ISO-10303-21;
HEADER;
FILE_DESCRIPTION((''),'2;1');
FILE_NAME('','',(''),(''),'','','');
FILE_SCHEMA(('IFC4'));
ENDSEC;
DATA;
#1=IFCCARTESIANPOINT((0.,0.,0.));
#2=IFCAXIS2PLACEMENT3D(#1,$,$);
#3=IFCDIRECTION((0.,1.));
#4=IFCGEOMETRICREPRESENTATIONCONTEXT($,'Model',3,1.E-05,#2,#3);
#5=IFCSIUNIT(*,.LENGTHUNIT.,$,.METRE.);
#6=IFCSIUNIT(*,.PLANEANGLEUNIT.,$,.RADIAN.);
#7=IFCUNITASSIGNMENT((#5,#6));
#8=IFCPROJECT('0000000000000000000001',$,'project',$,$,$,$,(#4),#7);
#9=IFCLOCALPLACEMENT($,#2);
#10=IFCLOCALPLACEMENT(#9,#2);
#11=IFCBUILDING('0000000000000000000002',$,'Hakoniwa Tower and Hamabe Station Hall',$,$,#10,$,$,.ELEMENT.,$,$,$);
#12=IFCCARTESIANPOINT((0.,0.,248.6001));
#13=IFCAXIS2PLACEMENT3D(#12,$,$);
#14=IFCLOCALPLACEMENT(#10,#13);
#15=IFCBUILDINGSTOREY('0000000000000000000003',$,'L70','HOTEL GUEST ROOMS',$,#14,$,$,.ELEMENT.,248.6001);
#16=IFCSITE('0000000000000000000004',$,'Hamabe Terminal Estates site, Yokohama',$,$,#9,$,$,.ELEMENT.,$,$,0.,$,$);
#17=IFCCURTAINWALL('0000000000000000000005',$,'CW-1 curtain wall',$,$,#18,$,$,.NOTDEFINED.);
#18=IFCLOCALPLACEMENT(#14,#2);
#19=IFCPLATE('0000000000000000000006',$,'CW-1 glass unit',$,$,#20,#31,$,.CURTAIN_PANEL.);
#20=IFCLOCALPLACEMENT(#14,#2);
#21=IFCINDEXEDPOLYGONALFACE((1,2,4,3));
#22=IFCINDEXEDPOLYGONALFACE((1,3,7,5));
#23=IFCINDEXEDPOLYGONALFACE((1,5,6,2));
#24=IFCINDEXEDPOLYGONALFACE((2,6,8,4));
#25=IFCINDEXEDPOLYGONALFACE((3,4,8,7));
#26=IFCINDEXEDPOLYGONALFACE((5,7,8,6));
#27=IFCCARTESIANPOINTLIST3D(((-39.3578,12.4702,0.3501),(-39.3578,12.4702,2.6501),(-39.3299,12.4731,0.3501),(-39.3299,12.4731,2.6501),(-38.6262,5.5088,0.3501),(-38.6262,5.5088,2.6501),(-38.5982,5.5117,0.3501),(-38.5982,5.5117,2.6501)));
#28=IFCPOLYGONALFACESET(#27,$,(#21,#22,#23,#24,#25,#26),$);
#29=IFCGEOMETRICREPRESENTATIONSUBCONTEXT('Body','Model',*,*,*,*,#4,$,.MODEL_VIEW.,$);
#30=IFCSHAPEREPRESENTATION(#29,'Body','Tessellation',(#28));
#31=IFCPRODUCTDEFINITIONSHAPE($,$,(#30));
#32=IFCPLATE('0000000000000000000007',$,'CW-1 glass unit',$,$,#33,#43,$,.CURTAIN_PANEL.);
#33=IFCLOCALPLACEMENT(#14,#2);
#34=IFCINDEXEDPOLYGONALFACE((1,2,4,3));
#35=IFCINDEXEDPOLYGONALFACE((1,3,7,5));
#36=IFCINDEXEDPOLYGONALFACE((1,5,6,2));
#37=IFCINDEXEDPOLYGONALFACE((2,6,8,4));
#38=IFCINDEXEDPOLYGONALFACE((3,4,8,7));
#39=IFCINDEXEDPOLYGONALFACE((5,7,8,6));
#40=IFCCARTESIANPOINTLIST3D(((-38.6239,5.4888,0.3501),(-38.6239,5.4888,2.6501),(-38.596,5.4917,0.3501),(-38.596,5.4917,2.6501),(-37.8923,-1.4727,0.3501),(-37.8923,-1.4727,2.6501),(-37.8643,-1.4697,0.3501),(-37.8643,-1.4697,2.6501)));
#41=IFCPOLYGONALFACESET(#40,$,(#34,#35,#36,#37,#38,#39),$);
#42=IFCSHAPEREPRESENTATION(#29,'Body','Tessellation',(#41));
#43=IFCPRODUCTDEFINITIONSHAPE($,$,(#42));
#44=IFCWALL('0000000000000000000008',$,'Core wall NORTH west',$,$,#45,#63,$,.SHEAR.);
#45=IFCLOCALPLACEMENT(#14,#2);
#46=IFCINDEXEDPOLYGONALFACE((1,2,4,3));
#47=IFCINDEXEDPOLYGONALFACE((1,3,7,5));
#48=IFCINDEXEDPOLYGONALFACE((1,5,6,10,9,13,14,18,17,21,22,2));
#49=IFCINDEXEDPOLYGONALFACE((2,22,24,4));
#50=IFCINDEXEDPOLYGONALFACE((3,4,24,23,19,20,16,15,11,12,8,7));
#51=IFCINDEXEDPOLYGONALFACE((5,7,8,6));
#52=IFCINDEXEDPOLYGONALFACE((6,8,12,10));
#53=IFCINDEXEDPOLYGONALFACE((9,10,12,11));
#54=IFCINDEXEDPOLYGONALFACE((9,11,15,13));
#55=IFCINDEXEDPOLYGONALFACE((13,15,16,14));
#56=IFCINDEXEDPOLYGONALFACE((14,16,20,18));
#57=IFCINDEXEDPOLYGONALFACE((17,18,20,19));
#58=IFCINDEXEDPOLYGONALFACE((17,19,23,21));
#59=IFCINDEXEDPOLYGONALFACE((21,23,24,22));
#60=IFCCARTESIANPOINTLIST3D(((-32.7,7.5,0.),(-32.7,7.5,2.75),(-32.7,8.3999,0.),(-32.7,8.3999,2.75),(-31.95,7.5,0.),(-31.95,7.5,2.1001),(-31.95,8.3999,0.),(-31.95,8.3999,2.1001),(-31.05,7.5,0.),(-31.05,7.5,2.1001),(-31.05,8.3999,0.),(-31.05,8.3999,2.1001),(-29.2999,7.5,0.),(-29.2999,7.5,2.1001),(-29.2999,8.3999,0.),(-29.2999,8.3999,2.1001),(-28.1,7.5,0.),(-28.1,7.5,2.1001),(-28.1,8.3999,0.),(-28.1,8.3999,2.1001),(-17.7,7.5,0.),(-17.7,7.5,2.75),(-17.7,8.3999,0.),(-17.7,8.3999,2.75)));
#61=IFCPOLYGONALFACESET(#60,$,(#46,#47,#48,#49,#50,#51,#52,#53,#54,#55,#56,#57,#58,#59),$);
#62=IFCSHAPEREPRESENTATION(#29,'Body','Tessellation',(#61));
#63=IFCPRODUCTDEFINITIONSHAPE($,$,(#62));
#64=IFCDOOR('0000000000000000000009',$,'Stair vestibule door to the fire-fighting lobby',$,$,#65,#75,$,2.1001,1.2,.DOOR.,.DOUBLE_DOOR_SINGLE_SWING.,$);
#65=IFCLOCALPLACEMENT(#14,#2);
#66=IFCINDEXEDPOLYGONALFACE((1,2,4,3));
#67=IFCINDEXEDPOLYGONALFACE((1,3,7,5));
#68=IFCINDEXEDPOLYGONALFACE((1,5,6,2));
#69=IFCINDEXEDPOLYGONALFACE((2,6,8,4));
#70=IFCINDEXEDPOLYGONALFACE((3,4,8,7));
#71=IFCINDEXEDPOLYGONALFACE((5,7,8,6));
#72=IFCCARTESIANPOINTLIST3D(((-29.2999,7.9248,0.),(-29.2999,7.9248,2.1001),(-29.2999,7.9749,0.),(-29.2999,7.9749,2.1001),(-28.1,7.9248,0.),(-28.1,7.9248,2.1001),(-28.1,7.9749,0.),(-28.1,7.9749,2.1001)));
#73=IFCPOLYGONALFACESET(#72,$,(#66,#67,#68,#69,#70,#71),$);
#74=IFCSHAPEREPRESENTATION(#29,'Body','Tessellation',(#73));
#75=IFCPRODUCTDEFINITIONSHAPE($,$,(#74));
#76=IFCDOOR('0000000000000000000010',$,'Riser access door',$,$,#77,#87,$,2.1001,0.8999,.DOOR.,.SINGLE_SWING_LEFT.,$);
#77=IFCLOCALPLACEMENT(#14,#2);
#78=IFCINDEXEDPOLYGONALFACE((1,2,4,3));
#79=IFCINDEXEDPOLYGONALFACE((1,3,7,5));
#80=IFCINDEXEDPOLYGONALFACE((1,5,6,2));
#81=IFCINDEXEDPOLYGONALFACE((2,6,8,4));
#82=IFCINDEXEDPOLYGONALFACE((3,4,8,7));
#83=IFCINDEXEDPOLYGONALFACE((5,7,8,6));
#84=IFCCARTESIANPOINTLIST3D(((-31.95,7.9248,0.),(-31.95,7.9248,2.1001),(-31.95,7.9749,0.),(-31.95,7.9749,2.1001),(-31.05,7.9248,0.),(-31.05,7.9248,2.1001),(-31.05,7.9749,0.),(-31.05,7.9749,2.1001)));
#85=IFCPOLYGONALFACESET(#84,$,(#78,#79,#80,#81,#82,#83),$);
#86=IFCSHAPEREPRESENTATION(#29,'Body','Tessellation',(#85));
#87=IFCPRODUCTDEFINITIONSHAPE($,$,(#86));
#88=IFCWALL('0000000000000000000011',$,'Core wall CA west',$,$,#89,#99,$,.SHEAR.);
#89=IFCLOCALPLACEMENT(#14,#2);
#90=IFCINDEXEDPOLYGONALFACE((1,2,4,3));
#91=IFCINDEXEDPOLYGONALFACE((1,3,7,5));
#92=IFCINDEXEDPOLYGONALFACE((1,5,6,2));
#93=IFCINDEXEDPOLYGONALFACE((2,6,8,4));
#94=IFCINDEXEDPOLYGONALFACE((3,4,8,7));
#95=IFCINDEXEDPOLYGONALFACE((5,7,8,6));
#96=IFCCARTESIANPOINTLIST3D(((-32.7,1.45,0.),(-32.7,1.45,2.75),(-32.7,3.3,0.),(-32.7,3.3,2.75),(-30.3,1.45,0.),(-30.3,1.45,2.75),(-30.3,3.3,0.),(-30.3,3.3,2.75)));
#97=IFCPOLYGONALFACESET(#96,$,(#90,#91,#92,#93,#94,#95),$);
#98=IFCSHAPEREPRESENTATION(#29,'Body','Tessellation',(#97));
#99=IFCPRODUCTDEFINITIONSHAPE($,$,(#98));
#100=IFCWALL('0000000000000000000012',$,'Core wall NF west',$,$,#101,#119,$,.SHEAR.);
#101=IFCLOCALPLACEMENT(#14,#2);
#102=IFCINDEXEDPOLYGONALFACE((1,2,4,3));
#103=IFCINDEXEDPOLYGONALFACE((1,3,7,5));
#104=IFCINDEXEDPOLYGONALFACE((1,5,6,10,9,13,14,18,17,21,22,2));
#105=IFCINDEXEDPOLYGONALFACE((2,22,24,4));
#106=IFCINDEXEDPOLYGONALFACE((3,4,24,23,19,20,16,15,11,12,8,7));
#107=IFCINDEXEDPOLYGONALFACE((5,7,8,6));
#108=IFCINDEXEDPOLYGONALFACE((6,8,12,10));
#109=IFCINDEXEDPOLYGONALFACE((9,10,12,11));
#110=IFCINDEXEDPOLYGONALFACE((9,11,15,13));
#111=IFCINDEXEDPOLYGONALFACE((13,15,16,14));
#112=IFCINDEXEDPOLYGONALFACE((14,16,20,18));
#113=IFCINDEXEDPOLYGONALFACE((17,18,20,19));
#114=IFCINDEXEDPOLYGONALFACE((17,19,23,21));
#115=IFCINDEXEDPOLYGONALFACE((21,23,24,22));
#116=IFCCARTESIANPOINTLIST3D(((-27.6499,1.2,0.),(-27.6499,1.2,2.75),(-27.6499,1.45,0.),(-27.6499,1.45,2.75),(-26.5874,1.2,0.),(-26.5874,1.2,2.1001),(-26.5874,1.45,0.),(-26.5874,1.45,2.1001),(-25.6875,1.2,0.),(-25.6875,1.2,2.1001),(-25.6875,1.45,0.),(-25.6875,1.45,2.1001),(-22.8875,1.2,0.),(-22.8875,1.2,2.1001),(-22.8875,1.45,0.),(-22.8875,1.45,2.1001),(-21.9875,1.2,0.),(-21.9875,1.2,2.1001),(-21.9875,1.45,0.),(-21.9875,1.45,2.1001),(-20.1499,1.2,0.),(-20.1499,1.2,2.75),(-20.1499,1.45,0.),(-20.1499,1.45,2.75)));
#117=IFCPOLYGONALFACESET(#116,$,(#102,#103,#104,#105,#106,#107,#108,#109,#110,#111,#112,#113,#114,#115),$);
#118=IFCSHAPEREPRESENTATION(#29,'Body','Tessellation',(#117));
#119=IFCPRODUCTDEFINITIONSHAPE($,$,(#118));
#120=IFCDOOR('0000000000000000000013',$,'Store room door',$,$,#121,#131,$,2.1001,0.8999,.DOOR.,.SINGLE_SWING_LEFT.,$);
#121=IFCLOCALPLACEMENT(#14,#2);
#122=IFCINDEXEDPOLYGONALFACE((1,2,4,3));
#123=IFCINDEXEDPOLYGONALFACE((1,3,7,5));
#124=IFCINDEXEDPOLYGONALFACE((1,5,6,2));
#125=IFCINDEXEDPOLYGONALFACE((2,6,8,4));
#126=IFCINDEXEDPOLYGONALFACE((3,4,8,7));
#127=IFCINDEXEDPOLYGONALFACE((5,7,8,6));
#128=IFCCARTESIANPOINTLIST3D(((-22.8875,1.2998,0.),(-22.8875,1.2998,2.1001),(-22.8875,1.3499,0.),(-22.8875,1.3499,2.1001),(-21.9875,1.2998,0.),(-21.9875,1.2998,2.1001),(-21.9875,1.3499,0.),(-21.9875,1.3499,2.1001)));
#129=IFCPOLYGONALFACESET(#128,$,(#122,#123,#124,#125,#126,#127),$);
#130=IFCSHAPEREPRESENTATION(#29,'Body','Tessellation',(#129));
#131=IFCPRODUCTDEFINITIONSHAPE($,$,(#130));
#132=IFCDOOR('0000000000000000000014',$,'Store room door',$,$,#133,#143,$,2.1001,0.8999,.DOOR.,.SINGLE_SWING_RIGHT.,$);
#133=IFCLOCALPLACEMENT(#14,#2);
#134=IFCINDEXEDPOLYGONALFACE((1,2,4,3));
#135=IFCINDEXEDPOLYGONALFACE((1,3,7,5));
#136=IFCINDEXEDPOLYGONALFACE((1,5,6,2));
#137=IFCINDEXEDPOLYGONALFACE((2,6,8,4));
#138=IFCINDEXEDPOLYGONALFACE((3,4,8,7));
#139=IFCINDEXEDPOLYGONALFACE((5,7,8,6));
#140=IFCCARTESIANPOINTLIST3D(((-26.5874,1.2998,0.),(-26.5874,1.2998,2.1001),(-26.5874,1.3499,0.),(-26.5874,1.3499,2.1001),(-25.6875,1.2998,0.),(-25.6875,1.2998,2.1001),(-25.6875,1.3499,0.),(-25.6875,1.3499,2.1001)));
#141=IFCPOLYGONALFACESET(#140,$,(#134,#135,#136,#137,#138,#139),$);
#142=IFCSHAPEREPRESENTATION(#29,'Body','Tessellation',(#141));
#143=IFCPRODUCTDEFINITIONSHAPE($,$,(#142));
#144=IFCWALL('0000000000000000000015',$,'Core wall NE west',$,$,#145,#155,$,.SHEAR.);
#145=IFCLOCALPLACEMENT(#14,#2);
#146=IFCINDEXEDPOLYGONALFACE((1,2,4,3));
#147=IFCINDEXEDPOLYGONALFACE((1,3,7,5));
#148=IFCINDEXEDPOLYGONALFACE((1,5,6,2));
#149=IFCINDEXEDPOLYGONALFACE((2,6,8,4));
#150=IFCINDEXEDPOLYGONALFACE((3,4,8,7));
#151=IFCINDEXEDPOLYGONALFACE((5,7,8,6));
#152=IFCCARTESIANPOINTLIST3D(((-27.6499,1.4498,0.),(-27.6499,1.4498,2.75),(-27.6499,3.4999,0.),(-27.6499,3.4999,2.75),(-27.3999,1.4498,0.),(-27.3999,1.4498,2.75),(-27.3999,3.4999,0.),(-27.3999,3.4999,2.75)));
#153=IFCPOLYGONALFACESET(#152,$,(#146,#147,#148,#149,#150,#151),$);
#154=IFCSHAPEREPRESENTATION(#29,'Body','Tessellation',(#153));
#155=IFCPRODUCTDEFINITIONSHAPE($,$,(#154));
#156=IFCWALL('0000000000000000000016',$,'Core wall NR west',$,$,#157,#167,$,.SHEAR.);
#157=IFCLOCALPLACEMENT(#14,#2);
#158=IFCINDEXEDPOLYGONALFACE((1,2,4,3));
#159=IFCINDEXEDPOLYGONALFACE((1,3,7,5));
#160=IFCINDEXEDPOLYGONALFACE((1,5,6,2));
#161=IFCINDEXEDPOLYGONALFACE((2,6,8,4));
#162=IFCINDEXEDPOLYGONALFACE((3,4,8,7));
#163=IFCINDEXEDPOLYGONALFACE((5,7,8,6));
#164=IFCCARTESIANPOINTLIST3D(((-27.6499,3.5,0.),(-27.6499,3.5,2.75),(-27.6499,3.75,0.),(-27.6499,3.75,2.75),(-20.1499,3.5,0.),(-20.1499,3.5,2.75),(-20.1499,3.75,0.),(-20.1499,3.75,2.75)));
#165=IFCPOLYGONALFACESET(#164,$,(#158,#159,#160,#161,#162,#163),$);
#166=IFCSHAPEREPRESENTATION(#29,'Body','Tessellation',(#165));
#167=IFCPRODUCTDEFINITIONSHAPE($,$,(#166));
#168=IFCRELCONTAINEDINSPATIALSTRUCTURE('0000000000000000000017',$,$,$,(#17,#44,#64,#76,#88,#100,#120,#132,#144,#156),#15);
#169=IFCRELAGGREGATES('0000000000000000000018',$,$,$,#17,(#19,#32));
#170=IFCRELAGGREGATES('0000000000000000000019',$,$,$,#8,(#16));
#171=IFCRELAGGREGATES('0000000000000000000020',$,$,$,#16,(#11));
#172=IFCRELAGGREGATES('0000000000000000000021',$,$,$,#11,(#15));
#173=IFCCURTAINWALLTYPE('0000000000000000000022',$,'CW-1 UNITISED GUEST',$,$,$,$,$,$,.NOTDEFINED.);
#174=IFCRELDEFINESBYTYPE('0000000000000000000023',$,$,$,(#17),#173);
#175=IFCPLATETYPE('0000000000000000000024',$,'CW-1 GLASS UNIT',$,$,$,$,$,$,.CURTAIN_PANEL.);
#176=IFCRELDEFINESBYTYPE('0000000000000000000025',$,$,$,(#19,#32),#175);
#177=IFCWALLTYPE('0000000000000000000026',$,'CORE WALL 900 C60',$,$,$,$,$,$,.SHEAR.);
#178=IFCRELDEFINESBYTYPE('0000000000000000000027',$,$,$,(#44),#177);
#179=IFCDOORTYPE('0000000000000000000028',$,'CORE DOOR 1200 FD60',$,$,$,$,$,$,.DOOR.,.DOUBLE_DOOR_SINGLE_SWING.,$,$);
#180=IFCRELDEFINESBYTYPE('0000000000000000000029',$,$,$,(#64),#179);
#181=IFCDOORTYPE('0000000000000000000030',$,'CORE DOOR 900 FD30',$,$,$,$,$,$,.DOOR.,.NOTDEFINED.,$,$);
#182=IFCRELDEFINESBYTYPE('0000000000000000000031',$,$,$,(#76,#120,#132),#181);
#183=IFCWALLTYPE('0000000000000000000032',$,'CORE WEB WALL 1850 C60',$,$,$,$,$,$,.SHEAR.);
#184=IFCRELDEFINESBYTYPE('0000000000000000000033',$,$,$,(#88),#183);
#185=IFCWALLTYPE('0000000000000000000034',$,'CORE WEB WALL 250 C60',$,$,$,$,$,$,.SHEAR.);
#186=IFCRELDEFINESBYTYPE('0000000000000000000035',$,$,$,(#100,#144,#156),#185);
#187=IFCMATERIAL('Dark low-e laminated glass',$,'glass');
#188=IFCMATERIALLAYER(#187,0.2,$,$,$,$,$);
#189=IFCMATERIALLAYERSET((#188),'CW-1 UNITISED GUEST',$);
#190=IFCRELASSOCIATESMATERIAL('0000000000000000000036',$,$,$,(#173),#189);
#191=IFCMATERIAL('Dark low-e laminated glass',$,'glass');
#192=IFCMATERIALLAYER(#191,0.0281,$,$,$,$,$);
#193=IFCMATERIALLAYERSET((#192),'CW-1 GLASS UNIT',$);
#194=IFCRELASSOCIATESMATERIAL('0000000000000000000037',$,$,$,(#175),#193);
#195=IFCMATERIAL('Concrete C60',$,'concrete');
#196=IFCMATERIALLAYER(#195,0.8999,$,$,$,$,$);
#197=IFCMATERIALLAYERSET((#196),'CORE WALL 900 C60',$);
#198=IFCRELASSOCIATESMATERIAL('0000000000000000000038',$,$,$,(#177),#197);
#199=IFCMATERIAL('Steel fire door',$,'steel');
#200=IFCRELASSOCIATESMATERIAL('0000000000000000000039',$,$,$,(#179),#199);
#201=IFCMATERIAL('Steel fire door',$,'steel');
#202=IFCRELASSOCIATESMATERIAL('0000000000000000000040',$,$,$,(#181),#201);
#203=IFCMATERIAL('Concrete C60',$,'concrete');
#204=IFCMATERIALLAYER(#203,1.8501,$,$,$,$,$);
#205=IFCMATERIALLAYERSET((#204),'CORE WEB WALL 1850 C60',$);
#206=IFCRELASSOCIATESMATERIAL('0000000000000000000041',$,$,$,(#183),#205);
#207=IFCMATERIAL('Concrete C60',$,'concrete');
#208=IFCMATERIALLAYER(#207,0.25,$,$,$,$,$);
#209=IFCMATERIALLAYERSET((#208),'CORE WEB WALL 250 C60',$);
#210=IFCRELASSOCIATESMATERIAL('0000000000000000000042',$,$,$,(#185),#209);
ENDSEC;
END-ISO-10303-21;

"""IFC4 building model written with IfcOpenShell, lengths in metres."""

from ifc_helpers import new_model, si_unit, direction, frame, frame_2d, origin, origin_2d, place, context, subcontext, project, spatial, rectangle, extrude, material, layer, layer_set, type_object, element, fill, aggregate, save


model = new_model("IFC4")

# Units and contexts
model_context = context("Model", 3, precision=1e-05, world=origin(), true_north=direction((0.0, 1.0)))
body_context = subcontext(model_context, "Body", "Model", "MODEL_VIEW")
ifc_project = project(units=[si_unit("LENGTHUNIT", "METRE"), si_unit("PLANEANGLEUNIT", "RADIAN")], contexts=[model_context])

# Site, building, storey
site_placement = place(None, origin())
site = spatial("IfcSite", under=ifc_project, at=site_placement, Name="Hamabe Terminal Estates site, Yokohama", CompositionType="ELEMENT", RefElevation=0.0)
building_placement = place(site_placement, origin())
building = spatial("IfcBuilding", under=site, at=building_placement, Name="Hakoniwa Tower and Hamabe Station Hall", CompositionType="ELEMENT")
storey_placement = place(building_placement, frame((0.0, 0.0, 248.6001)))
storey = spatial("IfcBuildingStorey", under=building, at=storey_placement, Name="L70", Description="HOTEL GUEST ROOMS", CompositionType="ELEMENT", Elevation=248.6001)

# Curtain wall, plates
ifc_material_1 = material(Name="Dark low-e laminated glass", Category="glass")
ifc_layer_1 = layer(ifc_material_1, 0.2)
ifc_layer_set_1 = layer_set([ifc_layer_1], Name="CW-1 UNITISED GUEST")
curtain_wall_type = type_object("IfcCurtainWallType", Name="CW-1 UNITISED GUEST", PredefinedType="NOTDEFINED", material=ifc_layer_set_1)
curtain_wall_placement = place(storey_placement, origin())
curtain_wall = element("IfcCurtainWall", 1, at=curtain_wall_placement, inside=storey, type_object=curtain_wall_type, Name="CW-1 curtain wall", PredefinedType="NOTDEFINED")
ifc_material_2 = material(Name="Dark low-e laminated glass", Category="glass")
ifc_layer_2 = layer(ifc_material_2, 0.0281)
ifc_layer_set_2 = layer_set([ifc_layer_2], Name="CW-1 GLASS UNIT")
plate_type = type_object("IfcPlateType", Name="CW-1 GLASS UNIT", PredefinedType="CURTAIN_PANEL", material=ifc_layer_set_2)
plate_1_placement = place(storey_placement, frame((-38.978, 8.991, 0.3501), z_axis=(0.0, 0.0, 1.0), x_axis=(0.104528, -0.994522, 0.0)))
plate_1 = element("IfcPlate", 2, at=plate_1_placement, type_object=plate_type, Name="CW-1 glass unit", PredefinedType="CURTAIN_PANEL", context=body_context, shape_type="SweptSolid", body=[
    extrude(rectangle(XDim=6.9998, YDim=0.0281, at=origin_2d()), origin(), (0.0, 0.0, 1.0), 2.3),
])
plate_2_placement = place(storey_placement, frame((-38.2441, 2.0095, 0.3501), z_axis=(0.0, 0.0, 1.0), x_axis=(0.104528, -0.994522, 0.0)))
plate_2 = element("IfcPlate", 3, at=plate_2_placement, type_object=plate_type, Name="CW-1 glass unit", PredefinedType="CURTAIN_PANEL", context=body_context, shape_type="SweptSolid", body=[
    extrude(rectangle(XDim=6.9998, YDim=0.0281, at=origin_2d()), origin(), (0.0, 0.0, 1.0), 2.3),
])
aggregate(curtain_wall, [plate_1, plate_2])

# Wall, openings, doors
ifc_material_3 = material(Name="Concrete C60", Category="concrete")
ifc_layer_3 = layer(ifc_material_3, 0.8999)
ifc_layer_set_3 = layer_set([ifc_layer_3], Name="CORE WALL 900 C60")
wall_type_1 = type_object("IfcWallType", Name="CORE WALL 900 C60", PredefinedType="SHEAR", material=ifc_layer_set_3)
wall_1_placement = place(storey_placement, frame((-32.7, 7.95, 0.0), z_axis=(0.0, 0.0, 1.0), x_axis=(1.0, 0.0, 0.0)))
wall_1 = element("IfcWall", 4, at=wall_1_placement, inside=storey, type_object=wall_type_1, Name="Core wall NORTH west", PredefinedType="SHEAR", context=body_context, shape_type="SweptSolid", body=[
    extrude(rectangle(XDim=15.0, YDim=0.8999, at=frame_2d((7.5, 0.0))), origin(), (0.0, 0.0, 1.0), 2.75),
])
opening_1_placement = place(wall_1_placement, frame((3.3999, 0.0, 0.0)))
opening_1 = element("IfcOpeningElement", 5, at=opening_1_placement, cuts=wall_1, PredefinedType="OPENING", context=body_context, shape_type="SweptSolid", body=[
    extrude(rectangle(XDim=1.2, YDim=2.1001, at=frame_2d((0.6001, 1.05))), frame((0.0, 0.46, 0.0), z_axis=(0.0, -1.0, 0.0), x_axis=(1.0, 0.0, 0.0)), (0.0, 0.0, 1.0), 0.9199),
])
opening_2_placement = place(wall_1_placement, frame((0.75, 0.0, 0.0)))
opening_2 = element("IfcOpeningElement", 6, at=opening_2_placement, cuts=wall_1, PredefinedType="OPENING", context=body_context, shape_type="SweptSolid", body=[
    extrude(rectangle(XDim=0.8999, YDim=2.1001, at=frame_2d((0.45, 1.05))), frame((0.0, 0.46, 0.0), z_axis=(0.0, -1.0, 0.0), x_axis=(1.0, 0.0, 0.0)), (0.0, 0.0, 1.0), 0.9199),
])
ifc_material_4 = material(Name="Steel fire door", Category="steel")
door_type_1 = type_object("IfcDoorType", Name="CORE DOOR 1200 FD60", OperationType="DOUBLE_DOOR_SINGLE_SWING", PredefinedType="DOOR", material=ifc_material_4)
door_1_placement = place(opening_1_placement, origin())
door_1 = element("IfcDoor", 7, at=door_1_placement, inside=storey, type_object=door_type_1, Name="Stair vestibule door to the fire-fighting lobby", OperationType="DOUBLE_DOOR_SINGLE_SWING", OverallHeight=2.1001, OverallWidth=1.2, PredefinedType="DOOR", context=body_context, shape_type="SweptSolid", body=[
    extrude(rectangle(XDim=1.2, YDim=2.1001, at=frame_2d((0.6001, 1.05))), frame((0.0, 0.0249, 0.0), z_axis=(0.0, -1.0, 0.0), x_axis=(1.0, 0.0, 0.0)), (0.0, 0.0, 1.0), 0.05),
])
fill(opening_1, door_1)
ifc_material_5 = material(Name="Steel fire door", Category="steel")
door_type_2 = type_object("IfcDoorType", Name="CORE DOOR 900 FD30", OperationType="NOTDEFINED", PredefinedType="DOOR", material=ifc_material_5)
door_2_placement = place(opening_2_placement, origin())
door_2 = element("IfcDoor", 8, at=door_2_placement, inside=storey, type_object=door_type_2, Name="Riser access door", OperationType="SINGLE_SWING_LEFT", OverallHeight=2.1001, OverallWidth=0.8999, PredefinedType="DOOR", context=body_context, shape_type="SweptSolid", body=[
    extrude(rectangle(XDim=0.8999, YDim=2.1001, at=frame_2d((0.45, 1.05))), frame((0.0, 0.0249, 0.0), z_axis=(0.0, -1.0, 0.0), x_axis=(1.0, 0.0, 0.0)), (0.0, 0.0, 1.0), 0.05),
])
fill(opening_2, door_2)

# Wall
ifc_material_6 = material(Name="Concrete C60", Category="concrete")
ifc_layer_4 = layer(ifc_material_6, 1.8501)
ifc_layer_set_4 = layer_set([ifc_layer_4], Name="CORE WEB WALL 1850 C60")
wall_type_2 = type_object("IfcWallType", Name="CORE WEB WALL 1850 C60", PredefinedType="SHEAR", material=ifc_layer_set_4)
wall_2_placement = place(storey_placement, frame((-32.7, 2.375, 0.0), z_axis=(0.0, 0.0, 1.0), x_axis=(1.0, 0.0, 0.0)))
element("IfcWall", 9, at=wall_2_placement, inside=storey, type_object=wall_type_2, Name="Core wall CA west", PredefinedType="SHEAR", context=body_context, shape_type="SweptSolid", body=[
    extrude(rectangle(XDim=2.3999, YDim=1.8501, at=frame_2d((1.2, 0.0))), origin(), (0.0, 0.0, 1.0), 2.75),
])

# Wall, openings, doors
ifc_material_7 = material(Name="Concrete C60", Category="concrete")
ifc_layer_5 = layer(ifc_material_7, 0.25)
ifc_layer_set_5 = layer_set([ifc_layer_5], Name="CORE WEB WALL 250 C60")
wall_type_3 = type_object("IfcWallType", Name="CORE WEB WALL 250 C60", PredefinedType="SHEAR", material=ifc_layer_set_5)
wall_3_placement = place(storey_placement, frame((-27.6499, 1.325, 0.0), z_axis=(0.0, 0.0, 1.0), x_axis=(1.0, 0.0, 0.0)))
wall_3 = element("IfcWall", 10, at=wall_3_placement, inside=storey, type_object=wall_type_3, Name="Core wall NF west", PredefinedType="SHEAR", context=body_context, shape_type="SweptSolid", body=[
    extrude(rectangle(XDim=7.5, YDim=0.25, at=frame_2d((3.75, 0.0))), origin(), (0.0, 0.0, 1.0), 2.75),
])
opening_3_placement = place(wall_3_placement, frame((4.7625, 0.0, 0.0)))
opening_3 = element("IfcOpeningElement", 11, at=opening_3_placement, cuts=wall_3, PredefinedType="OPENING", context=body_context, shape_type="SweptSolid", body=[
    extrude(rectangle(XDim=0.8999, YDim=2.1001, at=frame_2d((0.45, 1.05))), frame((0.0, 0.135, 0.0), z_axis=(0.0, -1.0, 0.0), x_axis=(1.0, 0.0, 0.0)), (0.0, 0.0, 1.0), 0.27),
])
opening_4_placement = place(wall_3_placement, frame((1.0625, 0.0, 0.0)))
opening_4 = element("IfcOpeningElement", 12, at=opening_4_placement, cuts=wall_3, PredefinedType="OPENING", context=body_context, shape_type="SweptSolid", body=[
    extrude(rectangle(XDim=0.8999, YDim=2.1001, at=frame_2d((0.45, 1.05))), frame((0.0, 0.135, 0.0), z_axis=(0.0, -1.0, 0.0), x_axis=(1.0, 0.0, 0.0)), (0.0, 0.0, 1.0), 0.27),
])
door_3_placement = place(opening_3_placement, origin())
door_3 = element("IfcDoor", 13, at=door_3_placement, inside=storey, type_object=door_type_2, Name="Store room door", OperationType="SINGLE_SWING_LEFT", OverallHeight=2.1001, OverallWidth=0.8999, PredefinedType="DOOR", context=body_context, shape_type="SweptSolid", body=[
    extrude(rectangle(XDim=0.8999, YDim=2.1001, at=frame_2d((0.45, 1.05))), frame((0.0, 0.0249, 0.0), z_axis=(0.0, -1.0, 0.0), x_axis=(1.0, 0.0, 0.0)), (0.0, 0.0, 1.0), 0.05),
])
fill(opening_3, door_3)
door_4_placement = place(opening_4_placement, origin())
door_4 = element("IfcDoor", 14, at=door_4_placement, inside=storey, type_object=door_type_2, Name="Store room door", OperationType="SINGLE_SWING_RIGHT", OverallHeight=2.1001, OverallWidth=0.8999, PredefinedType="DOOR", context=body_context, shape_type="SweptSolid", body=[
    extrude(rectangle(XDim=0.8999, YDim=2.1001, at=frame_2d((0.45, 1.05))), frame((0.0, 0.0249, 0.0), z_axis=(0.0, -1.0, 0.0), x_axis=(1.0, 0.0, 0.0)), (0.0, 0.0, 1.0), 0.05),
])
fill(opening_4, door_4)

# Walls
wall_4_placement = place(storey_placement, frame((-27.5249, 1.45, 0.0), z_axis=(0.0, 0.0, 1.0), x_axis=(0.0, 1.0, 0.0)))
element("IfcWall", 15, at=wall_4_placement, inside=storey, type_object=wall_type_3, Name="Core wall NE west", PredefinedType="SHEAR", context=body_context, shape_type="SweptSolid", body=[
    extrude(rectangle(XDim=2.05, YDim=0.25, at=frame_2d((1.0249, 0.0))), origin(), (0.0, 0.0, 1.0), 2.75),
])
wall_5_placement = place(storey_placement, frame((-27.6499, 3.625, 0.0), z_axis=(0.0, 0.0, 1.0), x_axis=(1.0, 0.0, 0.0)))
element("IfcWall", 16, at=wall_5_placement, inside=storey, type_object=wall_type_3, Name="Core wall NR west", PredefinedType="SHEAR", context=body_context, shape_type="SweptSolid", body=[
    extrude(rectangle(XDim=7.5, YDim=0.25, at=frame_2d((3.75, 0.0))), origin(), (0.0, 0.0, 1.0), 2.75),
])

save(model, "model.ifc")
